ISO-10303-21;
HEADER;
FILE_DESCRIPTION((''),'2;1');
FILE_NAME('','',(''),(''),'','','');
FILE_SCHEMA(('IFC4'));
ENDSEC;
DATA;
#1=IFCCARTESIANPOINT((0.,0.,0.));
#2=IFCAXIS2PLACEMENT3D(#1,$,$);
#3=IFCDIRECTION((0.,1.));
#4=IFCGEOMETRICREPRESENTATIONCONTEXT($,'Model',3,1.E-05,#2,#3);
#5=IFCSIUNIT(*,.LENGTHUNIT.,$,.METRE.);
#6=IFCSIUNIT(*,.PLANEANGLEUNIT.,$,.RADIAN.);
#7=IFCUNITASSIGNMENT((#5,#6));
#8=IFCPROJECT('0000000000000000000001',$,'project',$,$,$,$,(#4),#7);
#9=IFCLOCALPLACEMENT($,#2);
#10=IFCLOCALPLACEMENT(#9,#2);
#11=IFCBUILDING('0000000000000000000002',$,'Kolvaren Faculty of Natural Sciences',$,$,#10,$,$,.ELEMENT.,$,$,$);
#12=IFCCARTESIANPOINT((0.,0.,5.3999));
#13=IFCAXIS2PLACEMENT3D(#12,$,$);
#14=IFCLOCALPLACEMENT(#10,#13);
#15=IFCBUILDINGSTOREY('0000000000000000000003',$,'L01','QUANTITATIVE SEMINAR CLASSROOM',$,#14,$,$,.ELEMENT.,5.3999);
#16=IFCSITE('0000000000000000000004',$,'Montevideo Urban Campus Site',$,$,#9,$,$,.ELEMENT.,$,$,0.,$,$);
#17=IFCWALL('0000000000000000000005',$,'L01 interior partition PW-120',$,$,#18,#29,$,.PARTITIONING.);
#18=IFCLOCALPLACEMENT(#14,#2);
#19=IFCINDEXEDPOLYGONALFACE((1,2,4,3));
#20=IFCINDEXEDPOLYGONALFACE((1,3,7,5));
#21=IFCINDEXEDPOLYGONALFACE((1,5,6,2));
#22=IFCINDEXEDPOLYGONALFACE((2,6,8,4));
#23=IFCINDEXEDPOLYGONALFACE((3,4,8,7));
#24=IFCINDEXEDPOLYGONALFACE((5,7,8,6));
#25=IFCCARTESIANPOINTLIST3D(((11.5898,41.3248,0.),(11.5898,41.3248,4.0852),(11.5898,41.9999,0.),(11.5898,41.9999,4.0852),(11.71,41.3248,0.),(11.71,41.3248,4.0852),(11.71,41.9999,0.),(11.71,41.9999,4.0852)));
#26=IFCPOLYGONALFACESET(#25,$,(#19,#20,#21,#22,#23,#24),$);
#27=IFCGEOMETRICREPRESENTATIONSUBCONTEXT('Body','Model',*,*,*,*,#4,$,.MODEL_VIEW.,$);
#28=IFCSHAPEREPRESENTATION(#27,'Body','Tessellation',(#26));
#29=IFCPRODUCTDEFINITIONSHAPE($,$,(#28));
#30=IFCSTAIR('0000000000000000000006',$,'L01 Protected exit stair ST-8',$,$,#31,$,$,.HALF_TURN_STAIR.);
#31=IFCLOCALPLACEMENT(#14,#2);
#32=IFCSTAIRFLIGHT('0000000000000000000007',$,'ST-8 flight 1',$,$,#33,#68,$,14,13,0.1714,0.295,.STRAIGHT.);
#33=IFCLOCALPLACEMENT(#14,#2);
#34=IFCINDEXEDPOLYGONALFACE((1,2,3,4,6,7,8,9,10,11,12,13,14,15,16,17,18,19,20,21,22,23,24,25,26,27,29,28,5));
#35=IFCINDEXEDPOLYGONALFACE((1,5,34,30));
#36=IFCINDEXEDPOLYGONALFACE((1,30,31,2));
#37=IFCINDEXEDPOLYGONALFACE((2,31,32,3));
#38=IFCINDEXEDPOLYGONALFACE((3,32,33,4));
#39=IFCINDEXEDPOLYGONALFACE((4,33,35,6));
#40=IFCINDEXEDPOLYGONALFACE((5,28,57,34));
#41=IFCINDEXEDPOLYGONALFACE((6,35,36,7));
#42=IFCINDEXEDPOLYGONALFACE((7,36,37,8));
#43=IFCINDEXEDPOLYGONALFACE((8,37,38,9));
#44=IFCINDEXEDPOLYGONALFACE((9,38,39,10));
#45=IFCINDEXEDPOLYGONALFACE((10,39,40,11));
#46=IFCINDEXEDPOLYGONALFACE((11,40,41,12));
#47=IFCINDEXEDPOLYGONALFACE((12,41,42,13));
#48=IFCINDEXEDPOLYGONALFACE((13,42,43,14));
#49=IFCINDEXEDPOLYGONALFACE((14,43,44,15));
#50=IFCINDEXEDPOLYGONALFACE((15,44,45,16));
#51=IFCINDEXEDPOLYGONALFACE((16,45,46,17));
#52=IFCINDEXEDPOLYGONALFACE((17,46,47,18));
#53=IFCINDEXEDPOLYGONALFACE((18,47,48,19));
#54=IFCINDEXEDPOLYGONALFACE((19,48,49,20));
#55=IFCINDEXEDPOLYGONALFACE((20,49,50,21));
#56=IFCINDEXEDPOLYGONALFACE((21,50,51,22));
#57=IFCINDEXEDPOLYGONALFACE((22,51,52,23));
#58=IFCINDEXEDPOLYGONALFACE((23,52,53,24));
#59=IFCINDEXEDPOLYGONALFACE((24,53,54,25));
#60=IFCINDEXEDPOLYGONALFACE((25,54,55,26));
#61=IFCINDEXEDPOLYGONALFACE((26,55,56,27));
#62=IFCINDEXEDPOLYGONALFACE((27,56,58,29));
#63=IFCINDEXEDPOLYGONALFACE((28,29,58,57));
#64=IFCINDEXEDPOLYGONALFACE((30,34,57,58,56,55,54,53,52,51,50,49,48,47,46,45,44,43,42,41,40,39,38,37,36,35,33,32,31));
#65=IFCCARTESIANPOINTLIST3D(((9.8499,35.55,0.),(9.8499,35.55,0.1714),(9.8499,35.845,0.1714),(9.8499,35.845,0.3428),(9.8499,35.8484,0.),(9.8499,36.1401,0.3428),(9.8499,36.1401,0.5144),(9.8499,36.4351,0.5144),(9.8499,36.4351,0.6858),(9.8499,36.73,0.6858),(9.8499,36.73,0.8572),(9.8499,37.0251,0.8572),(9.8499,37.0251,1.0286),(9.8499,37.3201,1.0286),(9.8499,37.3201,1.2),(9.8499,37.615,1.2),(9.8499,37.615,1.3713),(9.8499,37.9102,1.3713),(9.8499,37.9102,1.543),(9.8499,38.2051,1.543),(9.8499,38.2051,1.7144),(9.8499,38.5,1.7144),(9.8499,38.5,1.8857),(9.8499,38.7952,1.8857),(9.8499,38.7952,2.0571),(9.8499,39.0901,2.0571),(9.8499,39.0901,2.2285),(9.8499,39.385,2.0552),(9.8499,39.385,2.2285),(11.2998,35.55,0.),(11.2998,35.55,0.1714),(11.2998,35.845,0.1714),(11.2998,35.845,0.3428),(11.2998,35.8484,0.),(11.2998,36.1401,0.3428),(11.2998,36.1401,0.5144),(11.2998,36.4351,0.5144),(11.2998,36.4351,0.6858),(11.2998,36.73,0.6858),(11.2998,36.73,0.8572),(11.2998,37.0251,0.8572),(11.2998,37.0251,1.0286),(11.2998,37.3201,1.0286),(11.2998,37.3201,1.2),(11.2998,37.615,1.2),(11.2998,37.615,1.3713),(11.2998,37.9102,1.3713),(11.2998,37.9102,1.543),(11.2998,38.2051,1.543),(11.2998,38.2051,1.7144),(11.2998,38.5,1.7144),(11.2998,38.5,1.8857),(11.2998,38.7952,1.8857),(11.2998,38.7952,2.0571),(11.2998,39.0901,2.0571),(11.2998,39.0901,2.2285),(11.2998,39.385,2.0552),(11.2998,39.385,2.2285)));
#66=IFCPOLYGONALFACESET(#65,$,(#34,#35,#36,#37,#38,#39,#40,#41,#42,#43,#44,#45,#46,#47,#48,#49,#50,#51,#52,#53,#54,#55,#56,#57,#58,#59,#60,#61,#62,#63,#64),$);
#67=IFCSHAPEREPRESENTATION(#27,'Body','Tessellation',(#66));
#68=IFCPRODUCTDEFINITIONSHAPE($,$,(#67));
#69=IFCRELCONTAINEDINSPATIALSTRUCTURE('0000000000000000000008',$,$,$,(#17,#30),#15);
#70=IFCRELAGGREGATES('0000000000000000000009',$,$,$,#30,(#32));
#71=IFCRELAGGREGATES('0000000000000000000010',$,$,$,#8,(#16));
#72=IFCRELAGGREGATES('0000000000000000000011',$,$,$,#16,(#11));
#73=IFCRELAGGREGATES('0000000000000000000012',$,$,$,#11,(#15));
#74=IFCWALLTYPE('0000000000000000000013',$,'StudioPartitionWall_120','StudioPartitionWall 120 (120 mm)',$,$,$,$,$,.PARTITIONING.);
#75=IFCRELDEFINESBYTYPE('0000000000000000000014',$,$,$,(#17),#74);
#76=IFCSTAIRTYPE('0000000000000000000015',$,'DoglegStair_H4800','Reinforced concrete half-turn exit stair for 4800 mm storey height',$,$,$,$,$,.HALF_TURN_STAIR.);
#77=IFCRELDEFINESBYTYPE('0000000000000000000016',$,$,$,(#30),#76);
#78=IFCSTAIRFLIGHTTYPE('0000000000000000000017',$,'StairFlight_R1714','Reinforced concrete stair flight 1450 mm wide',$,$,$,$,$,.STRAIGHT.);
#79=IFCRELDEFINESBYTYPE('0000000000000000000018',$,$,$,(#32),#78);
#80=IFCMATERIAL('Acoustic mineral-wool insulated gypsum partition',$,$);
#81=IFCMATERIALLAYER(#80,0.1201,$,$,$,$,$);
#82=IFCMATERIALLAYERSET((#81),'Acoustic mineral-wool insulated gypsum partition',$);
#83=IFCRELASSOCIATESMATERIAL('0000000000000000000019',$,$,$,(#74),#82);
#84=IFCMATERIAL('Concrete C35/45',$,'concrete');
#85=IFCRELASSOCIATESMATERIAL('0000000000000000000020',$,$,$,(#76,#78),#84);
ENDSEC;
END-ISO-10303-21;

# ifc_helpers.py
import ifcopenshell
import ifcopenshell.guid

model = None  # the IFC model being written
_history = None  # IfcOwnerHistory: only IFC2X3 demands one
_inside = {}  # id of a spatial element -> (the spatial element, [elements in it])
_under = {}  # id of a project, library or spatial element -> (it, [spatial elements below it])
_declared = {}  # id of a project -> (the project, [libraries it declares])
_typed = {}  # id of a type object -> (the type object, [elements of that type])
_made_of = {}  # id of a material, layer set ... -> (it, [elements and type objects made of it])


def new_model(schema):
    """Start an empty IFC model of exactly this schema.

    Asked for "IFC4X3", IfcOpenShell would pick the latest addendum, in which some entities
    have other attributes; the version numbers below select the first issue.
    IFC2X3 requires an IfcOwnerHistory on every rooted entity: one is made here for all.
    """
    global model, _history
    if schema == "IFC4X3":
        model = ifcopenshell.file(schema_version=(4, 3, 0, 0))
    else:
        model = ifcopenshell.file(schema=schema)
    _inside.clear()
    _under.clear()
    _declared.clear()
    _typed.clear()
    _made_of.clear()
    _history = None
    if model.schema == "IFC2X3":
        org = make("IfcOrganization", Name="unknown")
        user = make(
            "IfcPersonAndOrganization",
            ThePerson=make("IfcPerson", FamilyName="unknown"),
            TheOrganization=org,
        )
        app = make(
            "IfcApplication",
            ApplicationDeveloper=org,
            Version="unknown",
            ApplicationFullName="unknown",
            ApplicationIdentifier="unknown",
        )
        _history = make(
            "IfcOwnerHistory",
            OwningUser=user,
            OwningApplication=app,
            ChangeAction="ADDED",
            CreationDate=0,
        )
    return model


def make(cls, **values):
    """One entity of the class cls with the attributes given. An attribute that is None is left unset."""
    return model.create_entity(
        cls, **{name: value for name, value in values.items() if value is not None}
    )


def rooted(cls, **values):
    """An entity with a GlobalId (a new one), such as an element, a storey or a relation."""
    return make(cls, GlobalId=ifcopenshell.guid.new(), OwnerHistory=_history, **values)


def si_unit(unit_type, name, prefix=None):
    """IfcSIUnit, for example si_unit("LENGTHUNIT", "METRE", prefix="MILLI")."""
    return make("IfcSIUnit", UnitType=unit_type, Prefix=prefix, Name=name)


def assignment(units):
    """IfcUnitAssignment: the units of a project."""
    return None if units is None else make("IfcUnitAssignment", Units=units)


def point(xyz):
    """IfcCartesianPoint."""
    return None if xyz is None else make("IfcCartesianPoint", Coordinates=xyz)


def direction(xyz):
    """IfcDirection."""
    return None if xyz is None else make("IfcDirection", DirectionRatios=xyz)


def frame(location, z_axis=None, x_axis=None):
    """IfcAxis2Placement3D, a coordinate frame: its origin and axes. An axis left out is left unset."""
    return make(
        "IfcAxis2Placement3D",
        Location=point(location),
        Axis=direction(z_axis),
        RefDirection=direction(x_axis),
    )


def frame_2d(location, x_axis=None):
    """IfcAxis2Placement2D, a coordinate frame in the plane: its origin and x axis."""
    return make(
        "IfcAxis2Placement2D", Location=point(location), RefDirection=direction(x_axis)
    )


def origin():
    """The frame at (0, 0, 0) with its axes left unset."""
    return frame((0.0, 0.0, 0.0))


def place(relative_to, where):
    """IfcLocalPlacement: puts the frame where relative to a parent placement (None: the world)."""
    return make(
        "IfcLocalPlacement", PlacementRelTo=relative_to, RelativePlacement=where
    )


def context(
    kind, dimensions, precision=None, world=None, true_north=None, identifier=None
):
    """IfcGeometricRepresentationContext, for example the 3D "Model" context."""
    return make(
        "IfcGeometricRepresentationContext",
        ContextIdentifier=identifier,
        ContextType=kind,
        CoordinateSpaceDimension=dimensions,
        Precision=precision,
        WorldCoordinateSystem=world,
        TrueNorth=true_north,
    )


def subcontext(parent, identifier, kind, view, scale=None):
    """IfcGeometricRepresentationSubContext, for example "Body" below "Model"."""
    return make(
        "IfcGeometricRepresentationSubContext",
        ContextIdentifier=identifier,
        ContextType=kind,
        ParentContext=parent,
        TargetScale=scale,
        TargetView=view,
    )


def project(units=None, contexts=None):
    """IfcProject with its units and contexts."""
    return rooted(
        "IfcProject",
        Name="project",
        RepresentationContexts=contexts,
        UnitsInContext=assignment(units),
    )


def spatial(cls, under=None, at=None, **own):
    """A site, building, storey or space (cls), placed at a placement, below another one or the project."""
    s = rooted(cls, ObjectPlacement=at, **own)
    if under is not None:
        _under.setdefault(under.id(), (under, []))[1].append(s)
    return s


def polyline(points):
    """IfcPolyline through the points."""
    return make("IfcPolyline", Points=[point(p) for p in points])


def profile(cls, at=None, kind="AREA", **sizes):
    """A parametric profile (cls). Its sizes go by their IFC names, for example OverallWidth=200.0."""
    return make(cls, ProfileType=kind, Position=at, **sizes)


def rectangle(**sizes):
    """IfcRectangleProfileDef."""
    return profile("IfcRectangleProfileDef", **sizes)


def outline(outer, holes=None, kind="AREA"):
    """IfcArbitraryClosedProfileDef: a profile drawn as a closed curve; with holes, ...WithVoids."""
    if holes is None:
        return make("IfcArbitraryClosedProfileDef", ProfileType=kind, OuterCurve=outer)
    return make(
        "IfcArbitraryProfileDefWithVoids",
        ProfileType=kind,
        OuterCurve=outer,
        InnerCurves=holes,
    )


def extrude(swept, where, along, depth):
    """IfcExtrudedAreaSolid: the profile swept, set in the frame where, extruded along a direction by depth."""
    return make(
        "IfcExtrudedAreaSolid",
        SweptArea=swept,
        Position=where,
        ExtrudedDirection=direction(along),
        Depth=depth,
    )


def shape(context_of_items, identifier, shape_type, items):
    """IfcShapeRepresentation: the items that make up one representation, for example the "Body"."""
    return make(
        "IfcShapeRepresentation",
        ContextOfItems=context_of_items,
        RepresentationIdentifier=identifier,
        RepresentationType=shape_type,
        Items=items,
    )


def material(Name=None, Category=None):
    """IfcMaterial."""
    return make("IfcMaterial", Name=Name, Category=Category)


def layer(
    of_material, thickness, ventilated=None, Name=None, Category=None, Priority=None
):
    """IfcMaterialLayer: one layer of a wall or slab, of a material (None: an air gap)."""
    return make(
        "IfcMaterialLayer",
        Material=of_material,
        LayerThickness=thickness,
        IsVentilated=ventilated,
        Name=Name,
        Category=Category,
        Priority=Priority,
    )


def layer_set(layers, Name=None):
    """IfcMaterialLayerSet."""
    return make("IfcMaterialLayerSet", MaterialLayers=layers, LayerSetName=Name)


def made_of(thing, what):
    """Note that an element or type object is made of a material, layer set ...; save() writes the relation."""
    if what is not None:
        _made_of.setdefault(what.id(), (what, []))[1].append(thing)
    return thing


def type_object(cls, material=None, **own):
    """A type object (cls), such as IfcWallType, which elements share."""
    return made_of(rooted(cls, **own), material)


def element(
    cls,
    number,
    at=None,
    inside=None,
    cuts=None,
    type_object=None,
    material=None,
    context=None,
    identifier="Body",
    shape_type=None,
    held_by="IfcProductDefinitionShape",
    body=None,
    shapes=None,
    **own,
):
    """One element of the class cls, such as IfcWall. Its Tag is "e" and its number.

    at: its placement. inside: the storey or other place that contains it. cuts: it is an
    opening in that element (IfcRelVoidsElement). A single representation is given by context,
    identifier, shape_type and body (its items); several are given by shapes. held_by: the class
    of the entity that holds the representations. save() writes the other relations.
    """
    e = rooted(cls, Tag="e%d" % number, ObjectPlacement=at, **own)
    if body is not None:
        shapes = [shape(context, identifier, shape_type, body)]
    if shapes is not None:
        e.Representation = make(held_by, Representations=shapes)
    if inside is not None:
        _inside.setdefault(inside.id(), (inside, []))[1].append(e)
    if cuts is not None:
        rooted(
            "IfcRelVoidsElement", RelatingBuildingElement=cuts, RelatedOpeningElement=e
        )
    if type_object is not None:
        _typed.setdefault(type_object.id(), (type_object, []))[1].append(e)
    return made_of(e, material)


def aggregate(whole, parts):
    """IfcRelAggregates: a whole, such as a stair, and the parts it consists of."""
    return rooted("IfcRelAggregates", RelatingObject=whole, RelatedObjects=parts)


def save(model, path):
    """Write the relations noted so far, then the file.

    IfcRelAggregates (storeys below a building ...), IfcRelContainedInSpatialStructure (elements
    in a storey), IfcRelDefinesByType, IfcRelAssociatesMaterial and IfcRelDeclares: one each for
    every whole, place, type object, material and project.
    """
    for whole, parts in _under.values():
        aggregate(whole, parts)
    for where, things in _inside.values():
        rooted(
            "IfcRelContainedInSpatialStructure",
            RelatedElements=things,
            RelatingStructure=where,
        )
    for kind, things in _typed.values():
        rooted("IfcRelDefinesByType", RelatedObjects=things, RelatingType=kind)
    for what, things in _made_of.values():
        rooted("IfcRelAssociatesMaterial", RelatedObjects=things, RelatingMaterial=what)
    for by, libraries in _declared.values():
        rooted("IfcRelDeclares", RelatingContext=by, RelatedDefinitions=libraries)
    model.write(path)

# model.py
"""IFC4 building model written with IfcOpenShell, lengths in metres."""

from ifc_helpers import new_model, si_unit, direction, frame, frame_2d, origin, place, context, subcontext, project, spatial, polyline, rectangle, outline, extrude, material, layer, layer_set, type_object, element, aggregate, save


model = new_model("IFC4")

# Units and contexts
model_context = context("Model", 3, precision=1e-05, world=origin(), true_north=direction((0.0, 1.0)))
body_context = subcontext(model_context, "Body", "Model", "MODEL_VIEW")
ifc_project = project(units=[si_unit("LENGTHUNIT", "METRE"), si_unit("PLANEANGLEUNIT", "RADIAN")], contexts=[model_context])

# Site, building, storey
site_placement = place(None, origin())
site = spatial("IfcSite", under=ifc_project, at=site_placement, Name="Montevideo Urban Campus Site", CompositionType="ELEMENT", RefElevation=0.0)
building_placement = place(site_placement, origin())
building = spatial("IfcBuilding", under=site, at=building_placement, Name="Kolvaren Faculty of Natural Sciences", CompositionType="ELEMENT")
storey_placement = place(building_placement, frame((0.0, 0.0, 5.3999)))
storey = spatial("IfcBuildingStorey", under=building, at=storey_placement, Name="L01", Description="QUANTITATIVE SEMINAR CLASSROOM", CompositionType="ELEMENT", Elevation=5.3999)

# Shared definitions
ifc_material_1 = material(Name="Concrete C35/45", Category="concrete")

# Shared definitions
ifc_material_2 = material(Name="Acoustic mineral-wool insulated gypsum partition")

# Wall
ifc_layer_1 = layer(ifc_material_2, 0.1201)
ifc_layer_set_1 = layer_set([ifc_layer_1], Name="Acoustic mineral-wool insulated gypsum partition")
wall_type_1 = type_object("IfcWallType", Name="StudioPartitionWall_120", Description="StudioPartitionWall 120 (120 mm)", PredefinedType="PARTITIONING", material=ifc_layer_set_1)
wall_1_placement = place(storey_placement, frame((11.6499, 41.325, 0.0), z_axis=(0.0, 0.0, 1.0), x_axis=(0.0, 1.0, 0.0)))
element("IfcWall", 1, at=wall_1_placement, inside=storey, type_object=wall_type_1, Name="L01 interior partition PW-120", PredefinedType="PARTITIONING", context=body_context, shape_type="SweptSolid", body=[
    extrude(rectangle(XDim=0.675, YDim=0.1201, at=frame_2d((0.3374, 0.0))), origin(), (0.0, 0.0, 1.0), 4.0852),
])

# Stair, stair flight
stair_type = type_object("IfcStairType", Name="DoglegStair_H4800", Description="Reinforced concrete half-turn exit stair for 4800 mm storey height", PredefinedType="HALF_TURN_STAIR", material=ifc_material_1)
stair_placement = place(storey_placement, origin())
stair = element("IfcStair", 2, at=stair_placement, inside=storey, type_object=stair_type, Name="L01 Protected exit stair ST-8", PredefinedType="HALF_TURN_STAIR")
stair_flight_type = type_object("IfcStairFlightType", Name="StairFlight_R1714", Description="Reinforced concrete stair flight 1450 mm wide", PredefinedType="STRAIGHT", material=ifc_material_1)
stair_flight_placement = place(storey_placement, frame((10.575, 35.55, 0.0), z_axis=(0.0, 0.0, 1.0), x_axis=(0.0, 1.0, 0.0)))
stair_flight = element("IfcStairFlight", 3, at=stair_flight_placement, type_object=stair_flight_type, Name="ST-8 flight 1", NumberOfRisers=14, NumberOfTreads=13, PredefinedType="STRAIGHT", RiserHeight=0.1714, TreadLength=0.295, context=body_context, shape_type="SweptSolid", body=[
    extrude(outline(polyline([(0.0, 0.0), (0.0, 0.1714), (0.2949, 0.1714), (0.2949, 0.3428), (0.5901, 0.3428), (0.5901, 0.5144), (0.885, 0.5144), (0.885, 0.6858), (1.1799, 0.6858), (1.1799, 0.8572), (1.4751, 0.8572), (1.4751, 1.0286), (1.77, 1.0286), (1.77, 1.2), (2.0649, 1.2), (2.0649, 1.3713), (2.3601, 1.3713), (2.3601, 1.543), (2.655, 1.543), (2.655, 1.7144), (2.95, 1.7144), (2.95, 1.8857), (3.2451, 1.8857), (3.2451, 2.0571), (3.54, 2.0571), (3.54, 2.2285), (3.835, 2.2285), (3.835, 2.3999), (3.835, 2.0552), (0.2983, 0.0), (0.0, 0.0)])), frame((0.0, 0.7251, 0.0), z_axis=(0.0, -1.0, 0.0), x_axis=(1.0, 0.0, 0.0)), (0.0, 0.0, 1.0), 1.45),
])
aggregate(stair, [stair_flight])

save(model, "model.ifc")
